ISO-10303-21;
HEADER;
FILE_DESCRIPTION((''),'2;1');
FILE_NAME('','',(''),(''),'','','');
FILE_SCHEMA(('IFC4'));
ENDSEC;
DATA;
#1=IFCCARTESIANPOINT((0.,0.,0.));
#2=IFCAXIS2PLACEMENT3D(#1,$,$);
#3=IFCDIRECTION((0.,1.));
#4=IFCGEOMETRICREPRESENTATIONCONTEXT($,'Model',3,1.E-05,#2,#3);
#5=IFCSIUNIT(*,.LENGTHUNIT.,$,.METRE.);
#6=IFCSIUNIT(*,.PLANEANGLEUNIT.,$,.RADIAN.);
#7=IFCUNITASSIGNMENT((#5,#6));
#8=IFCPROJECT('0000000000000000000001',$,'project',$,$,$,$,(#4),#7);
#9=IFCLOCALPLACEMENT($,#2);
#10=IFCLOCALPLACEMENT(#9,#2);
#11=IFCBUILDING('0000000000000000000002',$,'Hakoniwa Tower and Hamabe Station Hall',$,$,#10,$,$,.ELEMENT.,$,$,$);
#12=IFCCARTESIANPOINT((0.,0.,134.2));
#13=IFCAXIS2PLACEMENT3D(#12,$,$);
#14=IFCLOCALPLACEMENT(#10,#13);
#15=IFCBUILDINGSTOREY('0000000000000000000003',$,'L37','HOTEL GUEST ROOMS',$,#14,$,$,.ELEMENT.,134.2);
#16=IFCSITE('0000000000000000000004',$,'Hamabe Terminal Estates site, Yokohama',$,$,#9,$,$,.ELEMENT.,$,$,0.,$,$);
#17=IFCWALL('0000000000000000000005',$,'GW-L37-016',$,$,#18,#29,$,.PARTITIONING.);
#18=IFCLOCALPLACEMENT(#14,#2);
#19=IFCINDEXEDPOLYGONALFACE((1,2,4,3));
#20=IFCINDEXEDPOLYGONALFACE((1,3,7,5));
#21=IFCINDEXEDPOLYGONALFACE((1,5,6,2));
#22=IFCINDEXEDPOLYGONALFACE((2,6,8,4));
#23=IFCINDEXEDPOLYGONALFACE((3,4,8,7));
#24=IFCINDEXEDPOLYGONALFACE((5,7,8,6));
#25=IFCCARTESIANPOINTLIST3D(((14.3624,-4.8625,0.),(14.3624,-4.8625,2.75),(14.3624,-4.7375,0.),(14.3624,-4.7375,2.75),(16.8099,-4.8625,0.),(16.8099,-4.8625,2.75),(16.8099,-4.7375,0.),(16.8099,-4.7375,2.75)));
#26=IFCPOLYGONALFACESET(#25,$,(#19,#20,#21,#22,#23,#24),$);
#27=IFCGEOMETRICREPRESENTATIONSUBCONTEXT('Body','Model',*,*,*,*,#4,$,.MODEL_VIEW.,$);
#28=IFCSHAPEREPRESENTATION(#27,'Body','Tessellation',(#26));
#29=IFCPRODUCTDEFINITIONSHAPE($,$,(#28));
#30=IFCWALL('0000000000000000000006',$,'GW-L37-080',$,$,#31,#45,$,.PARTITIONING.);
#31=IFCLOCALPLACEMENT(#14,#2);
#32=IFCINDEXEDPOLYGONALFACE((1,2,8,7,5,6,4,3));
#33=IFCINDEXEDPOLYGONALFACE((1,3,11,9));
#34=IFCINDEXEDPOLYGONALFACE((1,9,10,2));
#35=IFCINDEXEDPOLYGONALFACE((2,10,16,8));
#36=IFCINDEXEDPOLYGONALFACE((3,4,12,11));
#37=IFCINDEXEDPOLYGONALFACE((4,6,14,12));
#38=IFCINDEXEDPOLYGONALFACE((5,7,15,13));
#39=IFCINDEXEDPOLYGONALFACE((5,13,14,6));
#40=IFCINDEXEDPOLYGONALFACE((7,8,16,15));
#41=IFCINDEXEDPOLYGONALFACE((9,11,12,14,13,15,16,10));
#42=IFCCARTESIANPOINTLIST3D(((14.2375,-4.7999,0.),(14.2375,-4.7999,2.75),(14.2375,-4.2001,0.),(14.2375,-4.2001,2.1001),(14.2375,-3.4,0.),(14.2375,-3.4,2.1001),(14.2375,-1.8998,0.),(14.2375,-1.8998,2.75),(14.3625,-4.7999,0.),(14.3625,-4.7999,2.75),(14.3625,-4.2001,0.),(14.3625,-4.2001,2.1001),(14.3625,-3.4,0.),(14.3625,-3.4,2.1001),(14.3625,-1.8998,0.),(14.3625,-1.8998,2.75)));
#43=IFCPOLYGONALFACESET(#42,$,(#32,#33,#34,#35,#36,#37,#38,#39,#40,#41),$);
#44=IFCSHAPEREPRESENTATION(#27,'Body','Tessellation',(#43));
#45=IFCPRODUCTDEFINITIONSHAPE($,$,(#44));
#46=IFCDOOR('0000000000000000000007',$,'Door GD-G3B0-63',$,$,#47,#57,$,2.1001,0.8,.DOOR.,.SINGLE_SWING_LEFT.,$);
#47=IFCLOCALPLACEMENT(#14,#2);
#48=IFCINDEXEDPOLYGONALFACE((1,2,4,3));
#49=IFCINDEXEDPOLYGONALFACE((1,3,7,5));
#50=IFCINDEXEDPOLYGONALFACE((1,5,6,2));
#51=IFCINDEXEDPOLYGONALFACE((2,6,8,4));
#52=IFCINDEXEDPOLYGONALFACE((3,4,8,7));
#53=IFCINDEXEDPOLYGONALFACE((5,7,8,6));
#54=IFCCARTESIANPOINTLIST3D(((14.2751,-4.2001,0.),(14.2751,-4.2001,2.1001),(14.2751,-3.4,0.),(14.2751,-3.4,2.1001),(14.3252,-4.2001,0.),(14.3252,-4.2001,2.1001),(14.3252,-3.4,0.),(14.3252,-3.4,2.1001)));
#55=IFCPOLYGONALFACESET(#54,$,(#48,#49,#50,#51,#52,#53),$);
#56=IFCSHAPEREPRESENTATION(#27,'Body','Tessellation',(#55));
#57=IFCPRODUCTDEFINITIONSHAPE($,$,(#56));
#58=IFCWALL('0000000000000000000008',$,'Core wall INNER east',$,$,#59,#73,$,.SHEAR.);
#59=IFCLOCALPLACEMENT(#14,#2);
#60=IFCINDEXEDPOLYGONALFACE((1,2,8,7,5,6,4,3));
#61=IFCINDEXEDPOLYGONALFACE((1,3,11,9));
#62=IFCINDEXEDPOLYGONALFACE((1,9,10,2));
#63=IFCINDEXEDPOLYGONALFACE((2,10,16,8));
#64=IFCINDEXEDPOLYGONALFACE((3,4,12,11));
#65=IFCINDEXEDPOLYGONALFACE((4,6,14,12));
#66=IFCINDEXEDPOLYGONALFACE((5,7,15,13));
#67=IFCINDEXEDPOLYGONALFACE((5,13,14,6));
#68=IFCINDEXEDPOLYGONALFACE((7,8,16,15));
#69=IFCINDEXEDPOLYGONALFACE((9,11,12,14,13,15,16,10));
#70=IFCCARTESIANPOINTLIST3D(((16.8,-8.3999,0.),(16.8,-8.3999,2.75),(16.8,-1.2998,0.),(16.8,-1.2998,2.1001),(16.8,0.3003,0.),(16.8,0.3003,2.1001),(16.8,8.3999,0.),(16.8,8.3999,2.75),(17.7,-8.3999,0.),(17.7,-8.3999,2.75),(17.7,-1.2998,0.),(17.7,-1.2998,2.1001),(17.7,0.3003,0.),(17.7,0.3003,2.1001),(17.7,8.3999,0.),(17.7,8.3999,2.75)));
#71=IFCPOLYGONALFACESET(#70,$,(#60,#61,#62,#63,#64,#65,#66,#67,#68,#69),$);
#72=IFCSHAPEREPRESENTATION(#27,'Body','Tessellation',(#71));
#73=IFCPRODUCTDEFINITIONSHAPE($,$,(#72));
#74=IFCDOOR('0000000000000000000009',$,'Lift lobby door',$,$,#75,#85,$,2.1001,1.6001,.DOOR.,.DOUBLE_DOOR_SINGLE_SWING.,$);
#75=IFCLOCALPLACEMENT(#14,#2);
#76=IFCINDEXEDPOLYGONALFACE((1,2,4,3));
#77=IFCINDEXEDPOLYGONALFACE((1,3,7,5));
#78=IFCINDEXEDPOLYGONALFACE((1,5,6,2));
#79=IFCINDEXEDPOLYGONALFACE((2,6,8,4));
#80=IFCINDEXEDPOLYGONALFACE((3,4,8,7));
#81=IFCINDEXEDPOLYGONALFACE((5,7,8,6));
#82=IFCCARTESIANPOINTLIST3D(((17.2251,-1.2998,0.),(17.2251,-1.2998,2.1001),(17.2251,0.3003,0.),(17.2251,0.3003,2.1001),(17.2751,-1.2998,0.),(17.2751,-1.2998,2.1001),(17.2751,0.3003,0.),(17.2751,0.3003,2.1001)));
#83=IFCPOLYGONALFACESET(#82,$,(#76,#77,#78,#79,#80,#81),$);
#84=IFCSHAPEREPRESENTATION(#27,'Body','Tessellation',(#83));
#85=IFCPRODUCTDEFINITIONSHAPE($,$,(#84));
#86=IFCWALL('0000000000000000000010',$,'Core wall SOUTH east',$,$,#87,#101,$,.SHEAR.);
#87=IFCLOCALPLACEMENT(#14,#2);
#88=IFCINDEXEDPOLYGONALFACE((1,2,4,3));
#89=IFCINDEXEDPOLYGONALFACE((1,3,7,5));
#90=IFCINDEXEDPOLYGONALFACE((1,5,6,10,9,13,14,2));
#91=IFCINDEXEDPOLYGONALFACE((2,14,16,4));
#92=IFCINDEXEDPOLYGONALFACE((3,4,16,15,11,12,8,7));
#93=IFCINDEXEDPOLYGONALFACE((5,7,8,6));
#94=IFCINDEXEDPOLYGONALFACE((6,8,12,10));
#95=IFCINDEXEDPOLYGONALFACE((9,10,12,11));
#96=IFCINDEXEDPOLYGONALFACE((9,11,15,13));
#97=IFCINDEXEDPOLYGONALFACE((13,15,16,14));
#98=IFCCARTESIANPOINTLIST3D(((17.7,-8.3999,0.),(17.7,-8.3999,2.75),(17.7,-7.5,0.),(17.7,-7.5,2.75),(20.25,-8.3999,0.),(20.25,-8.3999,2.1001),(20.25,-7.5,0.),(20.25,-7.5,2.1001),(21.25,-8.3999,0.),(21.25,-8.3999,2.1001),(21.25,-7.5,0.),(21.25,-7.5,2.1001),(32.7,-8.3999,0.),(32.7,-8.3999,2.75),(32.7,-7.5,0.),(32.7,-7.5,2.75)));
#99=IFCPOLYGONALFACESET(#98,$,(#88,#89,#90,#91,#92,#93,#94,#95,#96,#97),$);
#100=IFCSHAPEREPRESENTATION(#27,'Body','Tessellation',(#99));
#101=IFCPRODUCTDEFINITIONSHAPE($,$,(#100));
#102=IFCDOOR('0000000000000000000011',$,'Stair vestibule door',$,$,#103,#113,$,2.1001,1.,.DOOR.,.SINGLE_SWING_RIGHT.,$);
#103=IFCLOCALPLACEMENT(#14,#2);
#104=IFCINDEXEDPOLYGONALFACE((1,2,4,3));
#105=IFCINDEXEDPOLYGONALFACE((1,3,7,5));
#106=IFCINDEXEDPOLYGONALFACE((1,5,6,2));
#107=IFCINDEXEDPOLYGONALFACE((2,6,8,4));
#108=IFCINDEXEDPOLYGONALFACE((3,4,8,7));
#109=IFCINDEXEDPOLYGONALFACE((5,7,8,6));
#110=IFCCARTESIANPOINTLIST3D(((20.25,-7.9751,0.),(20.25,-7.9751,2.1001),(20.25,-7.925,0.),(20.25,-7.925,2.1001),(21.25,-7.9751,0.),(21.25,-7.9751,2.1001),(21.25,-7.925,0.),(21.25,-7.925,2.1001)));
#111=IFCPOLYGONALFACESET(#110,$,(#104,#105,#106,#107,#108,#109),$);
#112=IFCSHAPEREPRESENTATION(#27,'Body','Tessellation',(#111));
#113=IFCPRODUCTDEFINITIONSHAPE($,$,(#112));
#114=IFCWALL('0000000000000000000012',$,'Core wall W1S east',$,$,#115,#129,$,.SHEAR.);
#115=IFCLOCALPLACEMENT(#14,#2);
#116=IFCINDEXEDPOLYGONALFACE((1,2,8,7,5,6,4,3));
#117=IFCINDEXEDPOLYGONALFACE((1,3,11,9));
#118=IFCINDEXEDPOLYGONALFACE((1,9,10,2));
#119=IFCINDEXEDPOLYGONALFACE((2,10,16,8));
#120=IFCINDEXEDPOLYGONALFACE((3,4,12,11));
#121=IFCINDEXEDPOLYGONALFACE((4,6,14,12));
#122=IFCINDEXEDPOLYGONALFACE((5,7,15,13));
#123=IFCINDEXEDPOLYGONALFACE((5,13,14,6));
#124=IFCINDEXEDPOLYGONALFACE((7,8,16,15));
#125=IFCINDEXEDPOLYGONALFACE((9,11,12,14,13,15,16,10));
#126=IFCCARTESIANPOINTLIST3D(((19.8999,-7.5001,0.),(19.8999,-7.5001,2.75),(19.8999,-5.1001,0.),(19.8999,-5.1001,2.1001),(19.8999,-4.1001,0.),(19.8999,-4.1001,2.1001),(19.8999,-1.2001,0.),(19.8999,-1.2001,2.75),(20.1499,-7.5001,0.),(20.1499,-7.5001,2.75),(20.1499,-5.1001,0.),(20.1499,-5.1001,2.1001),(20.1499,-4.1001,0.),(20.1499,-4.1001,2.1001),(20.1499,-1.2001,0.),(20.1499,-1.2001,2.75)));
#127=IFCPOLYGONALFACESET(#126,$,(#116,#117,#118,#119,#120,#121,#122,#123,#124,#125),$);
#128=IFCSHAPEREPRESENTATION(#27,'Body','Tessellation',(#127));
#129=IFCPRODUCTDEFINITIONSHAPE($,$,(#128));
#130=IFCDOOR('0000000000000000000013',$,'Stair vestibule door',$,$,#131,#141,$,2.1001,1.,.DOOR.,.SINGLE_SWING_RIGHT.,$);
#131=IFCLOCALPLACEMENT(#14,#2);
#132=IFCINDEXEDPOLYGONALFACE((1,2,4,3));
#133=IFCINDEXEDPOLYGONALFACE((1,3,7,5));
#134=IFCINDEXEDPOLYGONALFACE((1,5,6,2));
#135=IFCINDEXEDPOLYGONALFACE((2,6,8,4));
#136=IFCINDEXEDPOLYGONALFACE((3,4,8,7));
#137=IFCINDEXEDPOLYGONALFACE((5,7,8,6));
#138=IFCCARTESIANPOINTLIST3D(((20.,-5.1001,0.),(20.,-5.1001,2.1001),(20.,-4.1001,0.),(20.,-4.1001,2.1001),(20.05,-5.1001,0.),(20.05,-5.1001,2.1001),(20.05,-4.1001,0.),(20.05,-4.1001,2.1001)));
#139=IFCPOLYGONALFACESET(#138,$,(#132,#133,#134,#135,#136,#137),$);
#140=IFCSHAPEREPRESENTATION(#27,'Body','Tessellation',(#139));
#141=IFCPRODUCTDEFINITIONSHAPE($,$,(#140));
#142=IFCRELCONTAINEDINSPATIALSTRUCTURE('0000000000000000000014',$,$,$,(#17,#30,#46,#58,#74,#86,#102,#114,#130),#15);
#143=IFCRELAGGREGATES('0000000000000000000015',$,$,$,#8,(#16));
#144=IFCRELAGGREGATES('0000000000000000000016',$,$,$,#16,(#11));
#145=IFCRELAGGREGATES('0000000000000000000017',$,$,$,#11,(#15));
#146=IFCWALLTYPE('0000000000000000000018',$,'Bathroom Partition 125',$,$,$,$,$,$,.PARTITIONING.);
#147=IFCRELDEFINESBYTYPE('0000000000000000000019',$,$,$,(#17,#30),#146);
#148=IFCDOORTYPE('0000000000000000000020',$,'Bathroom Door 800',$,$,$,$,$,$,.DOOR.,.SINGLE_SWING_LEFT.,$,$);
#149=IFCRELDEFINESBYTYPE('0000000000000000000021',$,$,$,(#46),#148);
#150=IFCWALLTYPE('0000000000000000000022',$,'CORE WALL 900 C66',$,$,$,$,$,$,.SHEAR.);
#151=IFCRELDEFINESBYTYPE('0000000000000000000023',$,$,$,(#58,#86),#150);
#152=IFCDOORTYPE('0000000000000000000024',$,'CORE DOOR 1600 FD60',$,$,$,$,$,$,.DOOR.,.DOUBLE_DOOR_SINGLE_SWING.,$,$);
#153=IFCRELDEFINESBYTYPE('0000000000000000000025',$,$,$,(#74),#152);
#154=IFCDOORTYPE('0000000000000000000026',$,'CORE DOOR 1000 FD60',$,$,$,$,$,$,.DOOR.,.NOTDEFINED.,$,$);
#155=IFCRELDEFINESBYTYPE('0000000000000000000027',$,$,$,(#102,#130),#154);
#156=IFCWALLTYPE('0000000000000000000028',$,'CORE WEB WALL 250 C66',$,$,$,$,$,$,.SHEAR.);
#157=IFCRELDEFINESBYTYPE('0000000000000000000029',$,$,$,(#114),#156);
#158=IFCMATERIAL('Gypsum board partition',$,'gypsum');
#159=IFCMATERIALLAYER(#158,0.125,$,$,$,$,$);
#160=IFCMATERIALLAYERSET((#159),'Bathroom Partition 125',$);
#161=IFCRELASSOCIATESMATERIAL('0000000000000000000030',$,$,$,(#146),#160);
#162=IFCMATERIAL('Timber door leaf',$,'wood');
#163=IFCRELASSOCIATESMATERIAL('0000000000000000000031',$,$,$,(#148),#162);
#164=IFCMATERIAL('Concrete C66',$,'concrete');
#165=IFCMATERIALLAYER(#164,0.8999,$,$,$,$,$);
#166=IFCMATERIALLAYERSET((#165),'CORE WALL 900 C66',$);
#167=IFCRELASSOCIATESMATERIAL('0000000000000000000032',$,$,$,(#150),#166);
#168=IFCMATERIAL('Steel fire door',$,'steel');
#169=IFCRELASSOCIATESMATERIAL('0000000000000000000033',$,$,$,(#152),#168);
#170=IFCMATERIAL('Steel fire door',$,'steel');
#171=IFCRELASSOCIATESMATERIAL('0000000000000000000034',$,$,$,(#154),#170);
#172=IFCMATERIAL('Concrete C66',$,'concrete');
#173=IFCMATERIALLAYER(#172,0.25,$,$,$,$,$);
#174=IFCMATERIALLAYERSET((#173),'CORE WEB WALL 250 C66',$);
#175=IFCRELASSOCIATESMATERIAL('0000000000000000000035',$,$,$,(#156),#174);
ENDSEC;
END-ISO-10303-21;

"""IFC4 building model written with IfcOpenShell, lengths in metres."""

from ifc_helpers import new_model, si_unit, direction, frame, frame_2d, origin, place, context, subcontext, project, spatial, rectangle, extrude, material, layer, layer_set, type_object, element, fill, save


model = new_model("IFC4")

# Units and contexts
model_context = context("Model", 3, precision=1e-05, world=origin(), true_north=direction((0.0, 1.0)))
body_context = subcontext(model_context, "Body", "Model", "MODEL_VIEW")
ifc_project = project(units=[si_unit("LENGTHUNIT", "METRE"), si_unit("PLANEANGLEUNIT", "RADIAN")], contexts=[model_context])

# Site, building, storey
site_placement = place(None, origin())
site = spatial("IfcSite", under=ifc_project, at=site_placement, Name="Hamabe Terminal Estates site, Yokohama", CompositionType="ELEMENT", RefElevation=0.0)
building_placement = place(site_placement, origin())
building = spatial("IfcBuilding", under=site, at=building_placement, Name="Hakoniwa Tower and Hamabe Station Hall", CompositionType="ELEMENT")
storey_placement = place(building_placement, frame((0.0, 0.0, 134.2)))
storey = spatial("IfcBuildingStorey", under=building, at=storey_placement, Name="L37", Description="HOTEL GUEST ROOMS", CompositionType="ELEMENT", Elevation=134.2)

# Wall
ifc_material_1 = material(Name="Gypsum board partition", Category="gypsum")
ifc_layer_1 = layer(ifc_material_1, 0.125)
ifc_layer_set_1 = layer_set([ifc_layer_1], Name="Bathroom Partition 125")
wall_type_1 = type_object("IfcWallType", Name="Bathroom Partition 125", PredefinedType="PARTITIONING", material=ifc_layer_set_1)
wall_1_placement = place(storey_placement, frame((14.3625, -4.8, 0.0), z_axis=(0.0, 0.0, 1.0), x_axis=(1.0, 0.0, 0.0)))
element("IfcWall", 1, at=wall_1_placement, inside=storey, type_object=wall_type_1, Name="GW-L37-016", PredefinedType="PARTITIONING", context=body_context, shape_type="SweptSolid", body=[
    extrude(rectangle(XDim=2.4475, YDim=0.125, at=frame_2d((1.2236, 0.0))), origin(), (0.0, 0.0, 1.0), 2.75),
])

# Walls, openings, doors
wall_2_placement = place(storey_placement, frame((14.3, -4.8, 0.0), z_axis=(0.0, 0.0, 1.0), x_axis=(0.0, 1.0, 0.0)))
wall_2 = element("IfcWall", 2, at=wall_2_placement, inside=storey, type_object=wall_type_1, Name="GW-L37-080", PredefinedType="PARTITIONING", context=body_context, shape_type="SweptSolid", body=[
    extrude(rectangle(XDim=2.9001, YDim=0.125, at=frame_2d((1.4502, 0.0))), origin(), (0.0, 0.0, 1.0), 2.75),
])
opening_1_placement = place(wall_2_placement, frame((0.6001, 0.0, 0.0)))
opening_1 = element("IfcOpeningElement", 3, at=opening_1_placement, cuts=wall_2, PredefinedType="OPENING", context=body_context, shape_type="SweptSolid", body=[
    extrude(rectangle(XDim=0.8, YDim=2.1001, at=frame_2d((0.3999, 1.05))), frame((0.0, 0.0725, 0.0), z_axis=(0.0, -1.0, 0.0), x_axis=(1.0, 0.0, 0.0)), (0.0, 0.0, 1.0), 0.145),
])
ifc_material_2 = material(Name="Timber door leaf", Category="wood")
door_type_1 = type_object("IfcDoorType", Name="Bathroom Door 800", OperationType="SINGLE_SWING_LEFT", PredefinedType="DOOR", material=ifc_material_2)
door_1_placement = place(opening_1_placement, origin())
door_1 = element("IfcDoor", 4, at=door_1_placement, inside=storey, type_object=door_type_1, Name="Door GD-G3B0-63", OperationType="SINGLE_SWING_LEFT", OverallHeight=2.1001, OverallWidth=0.8, PredefinedType="DOOR", context=body_context, shape_type="SweptSolid", body=[
    extrude(rectangle(XDim=0.8, YDim=2.1001, at=frame_2d((0.3999, 1.05))), frame((0.0, 0.0249, 0.0), z_axis=(0.0, -1.0, 0.0), x_axis=(1.0, 0.0, 0.0)), (0.0, 0.0, 1.0), 0.05),
])
fill(opening_1, door_1)
ifc_material_3 = material(Name="Concrete C66", Category="concrete")
ifc_layer_2 = layer(ifc_material_3, 0.8999)
ifc_layer_set_2 = layer_set([ifc_layer_2], Name="CORE WALL 900 C66")
wall_type_2 = type_object("IfcWallType", Name="CORE WALL 900 C66", PredefinedType="SHEAR", material=ifc_layer_set_2)
wall_3_placement = place(storey_placement, frame((17.25, -8.3999, 0.0), z_axis=(0.0, 0.0, 1.0), x_axis=(0.0, 1.0, 0.0)))
wall_3 = element("IfcWall", 5, at=wall_3_placement, inside=storey, type_object=wall_type_2, Name="Core wall INNER east", PredefinedType="SHEAR", context=body_context, shape_type="SweptSolid", body=[
    extrude(rectangle(XDim=16.7998, YDim=0.8999, at=frame_2d((8.3999, 0.0))), origin(), (0.0, 0.0, 1.0), 2.75),
])
opening_2_placement = place(wall_3_placement, frame((7.1001, 0.0, 0.0)))
opening_2 = element("IfcOpeningElement", 6, at=opening_2_placement, cuts=wall_3, PredefinedType="OPENING", context=body_context, shape_type="SweptSolid", body=[
    extrude(rectangle(XDim=1.6001, YDim=2.1001, at=frame_2d((0.8, 1.05))), frame((0.0, 0.46, 0.0), z_axis=(0.0, -1.0, 0.0), x_axis=(1.0, 0.0, 0.0)), (0.0, 0.0, 1.0), 0.9199),
])
ifc_material_4 = material(Name="Steel fire door", Category="steel")
door_type_2 = type_object("IfcDoorType", Name="CORE DOOR 1600 FD60", OperationType="DOUBLE_DOOR_SINGLE_SWING", PredefinedType="DOOR", material=ifc_material_4)
door_2_placement = place(opening_2_placement, origin())
door_2 = element("IfcDoor", 7, at=door_2_placement, inside=storey, type_object=door_type_2, Name="Lift lobby door", OperationType="DOUBLE_DOOR_SINGLE_SWING", OverallHeight=2.1001, OverallWidth=1.6001, PredefinedType="DOOR", context=body_context, shape_type="SweptSolid", body=[
    extrude(rectangle(XDim=1.6001, YDim=2.1001, at=frame_2d((0.8, 1.05))), frame((0.0, 0.0249, 0.0), z_axis=(0.0, -1.0, 0.0), x_axis=(1.0, 0.0, 0.0)), (0.0, 0.0, 1.0), 0.05),
])
fill(opening_2, door_2)
wall_4_placement = place(storey_placement, frame((17.7, -7.95, 0.0), z_axis=(0.0, 0.0, 1.0), x_axis=(1.0, 0.0, 0.0)))
wall_4 = element("IfcWall", 8, at=wall_4_placement, inside=storey, type_object=wall_type_2, Name="Core wall SOUTH east", PredefinedType="SHEAR", context=body_context, shape_type="SweptSolid", body=[
    extrude(rectangle(XDim=15.0, YDim=0.8999, at=frame_2d((7.5, 0.0))), origin(), (0.0, 0.0, 1.0), 2.75),
])
opening_3_placement = place(wall_4_placement, frame((2.55, 0.0, 0.0)))
opening_3 = element("IfcOpeningElement", 9, at=opening_3_placement, cuts=wall_4, PredefinedType="OPENING", context=body_context, shape_type="SweptSolid", body=[
    extrude(rectangle(XDim=1.0, YDim=2.1001, at=frame_2d((0.5, 1.05))), frame((0.0, 0.46, 0.0), z_axis=(0.0, -1.0, 0.0), x_axis=(1.0, 0.0, 0.0)), (0.0, 0.0, 1.0), 0.9199),
])
ifc_material_5 = material(Name="Steel fire door", Category="steel")
door_type_3 = type_object("IfcDoorType", Name="CORE DOOR 1000 FD60", OperationType="NOTDEFINED", PredefinedType="DOOR", material=ifc_material_5)
door_3_placement = place(opening_3_placement, origin())
door_3 = element("IfcDoor", 10, at=door_3_placement, inside=storey, type_object=door_type_3, Name="Stair vestibule door", OperationType="SINGLE_SWING_RIGHT", OverallHeight=2.1001, OverallWidth=1.0, PredefinedType="DOOR", context=body_context, shape_type="SweptSolid", body=[
    extrude(rectangle(XDim=1.0, YDim=2.1001, at=frame_2d((0.5, 1.05))), frame((0.0, 0.0249, 0.0), z_axis=(0.0, -1.0, 0.0), x_axis=(1.0, 0.0, 0.0)), (0.0, 0.0, 1.0), 0.05),
])
fill(opening_3, door_3)
ifc_material_6 = material(Name="Concrete C66", Category="concrete")
ifc_layer_3 = layer(ifc_material_6, 0.25)
ifc_layer_set_3 = layer_set([ifc_layer_3], Name="CORE WEB WALL 250 C66")
wall_type_3 = type_object("IfcWallType", Name="CORE WEB WALL 250 C66", PredefinedType="SHEAR", material=ifc_layer_set_3)
wall_5_placement = place(storey_placement, frame((20.0249, -7.5, 0.0), z_axis=(0.0, 0.0, 1.0), x_axis=(0.0, 1.0, 0.0)))
wall_5 = element("IfcWall", 11, at=wall_5_placement, inside=storey, type_object=wall_type_3, Name="Core wall W1S east", PredefinedType="SHEAR", context=body_context, shape_type="SweptSolid", body=[
    extrude(rectangle(XDim=6.3, YDim=0.25, at=frame_2d((3.1499, 0.0))), origin(), (0.0, 0.0, 1.0), 2.75),
])
opening_4_placement = place(wall_5_placement, frame((2.3999, 0.0, 0.0)))
opening_4 = element("IfcOpeningElement", 12, at=opening_4_placement, cuts=wall_5, PredefinedType="OPENING", context=body_context, shape_type="SweptSolid", body=[
    extrude(rectangle(XDim=1.0, YDim=2.1001, at=frame_2d((0.5, 1.05))), frame((0.0, 0.135, 0.0), z_axis=(0.0, -1.0, 0.0), x_axis=(1.0, 0.0, 0.0)), (0.0, 0.0, 1.0), 0.27),
])
door_4_placement = place(opening_4_placement, origin())
door_4 = element("IfcDoor", 13, at=door_4_placement, inside=storey, type_object=door_type_3, Name="Stair vestibule door", OperationType="SINGLE_SWING_RIGHT", OverallHeight=2.1001, OverallWidth=1.0, PredefinedType="DOOR", context=body_context, shape_type="SweptSolid", body=[
    extrude(rectangle(XDim=1.0, YDim=2.1001, at=frame_2d((0.5, 1.05))), frame((0.0, 0.0249, 0.0), z_axis=(0.0, -1.0, 0.0), x_axis=(1.0, 0.0, 0.0)), (0.0, 0.0, 1.0), 0.05),
])
fill(opening_4, door_4)

save(model, "model.ifc")
